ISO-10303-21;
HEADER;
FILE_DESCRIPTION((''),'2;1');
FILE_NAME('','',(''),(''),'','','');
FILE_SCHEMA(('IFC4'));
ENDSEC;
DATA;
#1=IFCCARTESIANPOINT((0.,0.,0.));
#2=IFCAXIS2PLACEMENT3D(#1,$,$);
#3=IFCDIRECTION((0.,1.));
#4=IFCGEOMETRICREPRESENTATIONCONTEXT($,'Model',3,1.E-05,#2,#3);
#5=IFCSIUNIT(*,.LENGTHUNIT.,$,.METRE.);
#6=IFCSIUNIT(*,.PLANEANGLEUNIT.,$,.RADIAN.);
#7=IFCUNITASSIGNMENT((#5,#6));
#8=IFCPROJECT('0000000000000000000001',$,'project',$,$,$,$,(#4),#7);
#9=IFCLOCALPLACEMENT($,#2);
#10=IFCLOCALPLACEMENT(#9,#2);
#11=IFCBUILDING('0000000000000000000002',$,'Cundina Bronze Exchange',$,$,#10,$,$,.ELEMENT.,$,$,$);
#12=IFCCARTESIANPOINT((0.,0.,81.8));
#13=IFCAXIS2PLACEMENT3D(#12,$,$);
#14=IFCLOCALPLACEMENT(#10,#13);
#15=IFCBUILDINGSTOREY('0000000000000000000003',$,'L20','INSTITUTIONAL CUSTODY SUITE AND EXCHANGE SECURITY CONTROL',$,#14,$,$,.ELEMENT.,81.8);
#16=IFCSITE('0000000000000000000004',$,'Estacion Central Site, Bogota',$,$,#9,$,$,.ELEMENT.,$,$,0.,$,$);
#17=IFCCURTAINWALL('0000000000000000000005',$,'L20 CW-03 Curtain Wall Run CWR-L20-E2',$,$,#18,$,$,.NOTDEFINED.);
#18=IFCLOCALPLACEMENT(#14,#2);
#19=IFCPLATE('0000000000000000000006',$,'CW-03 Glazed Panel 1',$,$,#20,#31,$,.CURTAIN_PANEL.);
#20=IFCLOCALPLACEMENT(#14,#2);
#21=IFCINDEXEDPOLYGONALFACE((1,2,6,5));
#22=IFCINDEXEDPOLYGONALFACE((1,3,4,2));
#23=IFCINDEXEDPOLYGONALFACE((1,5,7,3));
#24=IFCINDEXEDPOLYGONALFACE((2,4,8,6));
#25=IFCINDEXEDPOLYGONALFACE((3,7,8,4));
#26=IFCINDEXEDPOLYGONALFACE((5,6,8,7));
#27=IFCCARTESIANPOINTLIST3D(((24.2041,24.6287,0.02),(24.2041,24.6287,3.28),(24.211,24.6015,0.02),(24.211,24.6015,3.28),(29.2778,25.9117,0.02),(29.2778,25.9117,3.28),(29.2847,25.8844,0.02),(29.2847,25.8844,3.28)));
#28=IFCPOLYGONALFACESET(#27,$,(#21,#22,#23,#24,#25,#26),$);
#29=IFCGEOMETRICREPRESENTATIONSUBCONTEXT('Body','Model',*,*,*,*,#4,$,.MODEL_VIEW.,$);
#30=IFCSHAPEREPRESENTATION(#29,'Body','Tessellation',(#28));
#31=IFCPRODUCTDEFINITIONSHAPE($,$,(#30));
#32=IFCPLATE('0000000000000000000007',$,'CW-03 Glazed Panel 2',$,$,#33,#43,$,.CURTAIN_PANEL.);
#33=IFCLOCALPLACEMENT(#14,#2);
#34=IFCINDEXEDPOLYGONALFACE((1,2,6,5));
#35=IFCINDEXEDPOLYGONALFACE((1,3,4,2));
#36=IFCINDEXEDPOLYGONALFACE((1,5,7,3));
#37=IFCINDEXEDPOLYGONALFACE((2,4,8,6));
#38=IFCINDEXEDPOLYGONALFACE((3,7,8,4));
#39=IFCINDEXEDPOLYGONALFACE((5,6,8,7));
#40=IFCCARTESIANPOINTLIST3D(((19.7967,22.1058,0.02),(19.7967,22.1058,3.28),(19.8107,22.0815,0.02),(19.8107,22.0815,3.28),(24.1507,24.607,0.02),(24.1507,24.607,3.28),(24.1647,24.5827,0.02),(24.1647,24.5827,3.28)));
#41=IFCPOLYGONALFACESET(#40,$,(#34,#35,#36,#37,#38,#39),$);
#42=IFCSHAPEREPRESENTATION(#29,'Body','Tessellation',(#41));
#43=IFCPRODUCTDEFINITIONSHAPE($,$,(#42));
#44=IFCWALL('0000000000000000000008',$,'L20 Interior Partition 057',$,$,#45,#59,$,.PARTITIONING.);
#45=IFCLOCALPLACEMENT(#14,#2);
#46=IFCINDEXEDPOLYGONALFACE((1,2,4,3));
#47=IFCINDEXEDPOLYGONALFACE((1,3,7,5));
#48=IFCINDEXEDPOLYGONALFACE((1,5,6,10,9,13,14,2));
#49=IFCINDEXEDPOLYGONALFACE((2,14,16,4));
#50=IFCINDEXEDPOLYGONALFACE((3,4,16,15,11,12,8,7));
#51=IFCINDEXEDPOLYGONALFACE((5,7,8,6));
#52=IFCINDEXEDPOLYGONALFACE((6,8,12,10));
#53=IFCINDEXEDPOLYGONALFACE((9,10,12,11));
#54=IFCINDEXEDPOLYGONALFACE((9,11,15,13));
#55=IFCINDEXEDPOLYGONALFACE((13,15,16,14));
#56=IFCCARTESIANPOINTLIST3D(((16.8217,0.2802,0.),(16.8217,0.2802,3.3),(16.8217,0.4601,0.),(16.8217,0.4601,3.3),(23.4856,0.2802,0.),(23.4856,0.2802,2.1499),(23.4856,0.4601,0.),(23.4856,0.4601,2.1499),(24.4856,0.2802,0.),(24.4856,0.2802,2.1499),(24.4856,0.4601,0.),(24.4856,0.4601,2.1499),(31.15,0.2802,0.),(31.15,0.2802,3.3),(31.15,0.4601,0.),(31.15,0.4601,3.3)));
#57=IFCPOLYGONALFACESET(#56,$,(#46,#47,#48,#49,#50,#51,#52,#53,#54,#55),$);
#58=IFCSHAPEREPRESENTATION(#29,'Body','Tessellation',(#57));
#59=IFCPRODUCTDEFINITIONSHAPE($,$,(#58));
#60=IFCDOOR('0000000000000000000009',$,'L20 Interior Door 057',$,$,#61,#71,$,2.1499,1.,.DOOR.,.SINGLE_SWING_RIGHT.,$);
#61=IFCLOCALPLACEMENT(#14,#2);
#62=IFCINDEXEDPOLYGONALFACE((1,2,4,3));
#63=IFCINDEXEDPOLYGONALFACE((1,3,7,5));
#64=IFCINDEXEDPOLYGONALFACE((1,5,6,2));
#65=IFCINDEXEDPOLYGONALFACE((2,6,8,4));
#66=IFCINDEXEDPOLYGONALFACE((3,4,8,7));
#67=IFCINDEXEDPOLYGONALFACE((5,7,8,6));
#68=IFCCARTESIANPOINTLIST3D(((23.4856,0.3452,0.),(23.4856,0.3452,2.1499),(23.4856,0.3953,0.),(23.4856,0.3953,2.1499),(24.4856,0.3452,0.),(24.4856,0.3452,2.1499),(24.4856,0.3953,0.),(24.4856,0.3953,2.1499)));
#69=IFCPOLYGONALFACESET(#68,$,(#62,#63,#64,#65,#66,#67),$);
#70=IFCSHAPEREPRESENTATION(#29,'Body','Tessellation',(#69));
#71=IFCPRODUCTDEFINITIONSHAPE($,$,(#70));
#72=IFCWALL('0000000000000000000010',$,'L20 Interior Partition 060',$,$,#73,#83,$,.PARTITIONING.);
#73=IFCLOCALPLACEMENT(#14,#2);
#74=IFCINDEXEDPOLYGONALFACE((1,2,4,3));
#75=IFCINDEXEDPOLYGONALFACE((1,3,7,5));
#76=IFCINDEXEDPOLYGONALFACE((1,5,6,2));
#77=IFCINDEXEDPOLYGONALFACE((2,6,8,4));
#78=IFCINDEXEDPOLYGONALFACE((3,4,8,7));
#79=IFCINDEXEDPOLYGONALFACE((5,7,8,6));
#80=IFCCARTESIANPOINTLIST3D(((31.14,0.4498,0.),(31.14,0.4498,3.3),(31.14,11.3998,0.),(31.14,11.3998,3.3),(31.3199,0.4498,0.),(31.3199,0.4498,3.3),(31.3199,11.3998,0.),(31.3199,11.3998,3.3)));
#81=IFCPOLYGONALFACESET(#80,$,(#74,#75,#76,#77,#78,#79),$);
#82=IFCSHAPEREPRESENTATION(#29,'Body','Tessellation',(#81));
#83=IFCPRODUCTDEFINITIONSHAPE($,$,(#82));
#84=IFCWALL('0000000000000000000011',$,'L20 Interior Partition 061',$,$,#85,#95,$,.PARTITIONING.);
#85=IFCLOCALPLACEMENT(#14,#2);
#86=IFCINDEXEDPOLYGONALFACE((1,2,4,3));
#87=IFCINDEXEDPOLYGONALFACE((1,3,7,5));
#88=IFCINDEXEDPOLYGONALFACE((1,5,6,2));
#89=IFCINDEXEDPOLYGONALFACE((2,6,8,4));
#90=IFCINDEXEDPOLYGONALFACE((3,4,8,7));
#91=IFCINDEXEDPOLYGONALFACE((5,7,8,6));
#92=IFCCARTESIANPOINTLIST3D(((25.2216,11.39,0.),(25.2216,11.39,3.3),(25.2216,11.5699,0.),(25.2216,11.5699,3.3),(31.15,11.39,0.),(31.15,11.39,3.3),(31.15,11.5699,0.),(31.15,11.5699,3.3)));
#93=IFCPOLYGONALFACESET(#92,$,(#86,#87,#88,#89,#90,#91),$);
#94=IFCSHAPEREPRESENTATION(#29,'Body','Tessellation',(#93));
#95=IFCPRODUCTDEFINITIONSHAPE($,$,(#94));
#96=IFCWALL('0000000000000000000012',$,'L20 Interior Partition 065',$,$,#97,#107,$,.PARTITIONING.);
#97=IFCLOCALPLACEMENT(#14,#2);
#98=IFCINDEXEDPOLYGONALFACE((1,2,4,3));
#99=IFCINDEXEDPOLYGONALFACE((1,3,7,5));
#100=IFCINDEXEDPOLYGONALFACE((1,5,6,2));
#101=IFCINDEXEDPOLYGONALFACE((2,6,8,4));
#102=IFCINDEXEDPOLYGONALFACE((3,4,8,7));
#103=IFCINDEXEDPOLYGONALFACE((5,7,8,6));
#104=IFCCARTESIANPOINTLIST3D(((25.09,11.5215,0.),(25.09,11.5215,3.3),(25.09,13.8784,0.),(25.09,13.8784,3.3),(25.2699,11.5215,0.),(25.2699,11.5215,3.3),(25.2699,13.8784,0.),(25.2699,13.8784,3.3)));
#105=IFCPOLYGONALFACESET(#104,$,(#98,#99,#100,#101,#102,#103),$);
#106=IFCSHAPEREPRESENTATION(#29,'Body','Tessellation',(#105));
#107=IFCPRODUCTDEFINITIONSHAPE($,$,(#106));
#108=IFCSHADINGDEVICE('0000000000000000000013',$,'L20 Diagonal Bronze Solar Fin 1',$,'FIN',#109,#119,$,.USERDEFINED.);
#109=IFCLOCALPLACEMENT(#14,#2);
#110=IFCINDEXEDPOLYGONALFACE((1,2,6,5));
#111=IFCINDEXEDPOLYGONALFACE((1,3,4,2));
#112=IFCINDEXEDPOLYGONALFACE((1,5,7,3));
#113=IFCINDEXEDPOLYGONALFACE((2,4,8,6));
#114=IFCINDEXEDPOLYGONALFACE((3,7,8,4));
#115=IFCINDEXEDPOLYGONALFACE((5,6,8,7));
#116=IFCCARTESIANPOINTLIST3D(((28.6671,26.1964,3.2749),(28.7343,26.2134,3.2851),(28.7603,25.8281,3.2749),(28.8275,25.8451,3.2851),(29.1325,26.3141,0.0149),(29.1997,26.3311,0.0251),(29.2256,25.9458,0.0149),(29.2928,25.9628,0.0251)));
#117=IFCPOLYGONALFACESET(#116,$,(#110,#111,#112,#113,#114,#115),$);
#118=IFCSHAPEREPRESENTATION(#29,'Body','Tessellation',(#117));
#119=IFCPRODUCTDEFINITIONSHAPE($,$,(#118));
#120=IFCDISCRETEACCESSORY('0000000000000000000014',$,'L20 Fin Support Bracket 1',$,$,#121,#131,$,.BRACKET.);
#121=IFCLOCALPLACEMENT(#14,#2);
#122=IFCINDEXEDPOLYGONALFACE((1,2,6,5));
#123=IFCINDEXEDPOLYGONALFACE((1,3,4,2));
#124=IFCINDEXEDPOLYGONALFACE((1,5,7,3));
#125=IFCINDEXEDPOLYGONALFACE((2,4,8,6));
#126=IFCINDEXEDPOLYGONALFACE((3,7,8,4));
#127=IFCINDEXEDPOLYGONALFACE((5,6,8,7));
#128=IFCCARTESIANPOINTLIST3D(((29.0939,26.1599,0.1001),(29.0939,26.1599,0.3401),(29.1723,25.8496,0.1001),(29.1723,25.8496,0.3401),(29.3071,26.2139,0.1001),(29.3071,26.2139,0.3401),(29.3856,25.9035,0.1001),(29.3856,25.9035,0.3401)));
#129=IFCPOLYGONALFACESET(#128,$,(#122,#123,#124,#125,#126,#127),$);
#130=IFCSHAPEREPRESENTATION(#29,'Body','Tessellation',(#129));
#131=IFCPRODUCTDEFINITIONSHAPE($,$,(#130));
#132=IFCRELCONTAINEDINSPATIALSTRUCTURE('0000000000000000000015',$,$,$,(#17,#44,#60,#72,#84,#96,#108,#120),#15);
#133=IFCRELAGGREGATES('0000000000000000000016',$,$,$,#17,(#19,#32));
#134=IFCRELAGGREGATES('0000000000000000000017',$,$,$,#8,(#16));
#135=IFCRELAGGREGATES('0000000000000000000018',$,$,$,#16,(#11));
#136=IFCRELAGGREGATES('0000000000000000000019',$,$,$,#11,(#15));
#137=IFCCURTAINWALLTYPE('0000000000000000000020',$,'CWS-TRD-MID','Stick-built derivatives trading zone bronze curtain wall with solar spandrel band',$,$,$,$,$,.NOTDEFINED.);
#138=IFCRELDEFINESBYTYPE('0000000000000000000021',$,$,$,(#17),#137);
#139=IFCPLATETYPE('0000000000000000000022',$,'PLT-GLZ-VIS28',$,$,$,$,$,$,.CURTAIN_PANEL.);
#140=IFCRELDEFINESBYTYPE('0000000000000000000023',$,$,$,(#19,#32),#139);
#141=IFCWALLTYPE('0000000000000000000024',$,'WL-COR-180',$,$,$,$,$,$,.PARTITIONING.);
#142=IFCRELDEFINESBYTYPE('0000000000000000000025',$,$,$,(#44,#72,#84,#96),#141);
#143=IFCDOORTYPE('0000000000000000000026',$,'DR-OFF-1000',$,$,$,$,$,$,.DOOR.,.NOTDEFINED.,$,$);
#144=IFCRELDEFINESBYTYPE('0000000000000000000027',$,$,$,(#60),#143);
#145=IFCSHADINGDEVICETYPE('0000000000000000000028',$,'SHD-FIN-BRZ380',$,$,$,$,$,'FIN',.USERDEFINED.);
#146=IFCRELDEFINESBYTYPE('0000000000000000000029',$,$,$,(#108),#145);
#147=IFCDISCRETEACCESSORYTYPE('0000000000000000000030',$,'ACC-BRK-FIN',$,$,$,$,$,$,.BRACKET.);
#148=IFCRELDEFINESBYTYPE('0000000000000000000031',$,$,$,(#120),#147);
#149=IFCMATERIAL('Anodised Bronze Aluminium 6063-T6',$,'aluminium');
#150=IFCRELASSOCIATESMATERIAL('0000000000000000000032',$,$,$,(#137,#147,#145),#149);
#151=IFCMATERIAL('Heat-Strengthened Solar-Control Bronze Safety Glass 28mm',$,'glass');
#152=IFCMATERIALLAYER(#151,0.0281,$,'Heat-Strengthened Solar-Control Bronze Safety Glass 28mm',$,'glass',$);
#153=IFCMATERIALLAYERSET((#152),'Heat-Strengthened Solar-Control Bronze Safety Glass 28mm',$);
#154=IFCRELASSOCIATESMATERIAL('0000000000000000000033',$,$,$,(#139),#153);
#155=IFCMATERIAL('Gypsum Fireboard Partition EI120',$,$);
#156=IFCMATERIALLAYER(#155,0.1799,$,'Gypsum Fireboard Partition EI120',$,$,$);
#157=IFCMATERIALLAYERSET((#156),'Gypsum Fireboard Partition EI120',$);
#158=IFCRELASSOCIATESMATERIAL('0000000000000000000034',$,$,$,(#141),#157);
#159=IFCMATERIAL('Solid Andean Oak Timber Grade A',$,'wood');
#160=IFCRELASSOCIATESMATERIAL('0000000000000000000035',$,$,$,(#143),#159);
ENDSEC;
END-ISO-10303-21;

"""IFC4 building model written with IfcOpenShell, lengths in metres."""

from ifc_helpers import new_model, si_unit, direction, frame, frame_2d, origin, origin_2d, place, context, subcontext, project, spatial, rectangle, extrude, material, layer, layer_set, material_profile, profile_set, type_object, element, fill, aggregate, save


model = new_model("IFC4")

# Units and contexts
model_context = context("Model", 3, precision=1e-05, world=origin(), true_north=direction((0.0, 1.0)))
body_context = subcontext(model_context, "Body", "Model", "MODEL_VIEW")
ifc_project = project(units=[si_unit("LENGTHUNIT", "METRE"), si_unit("PLANEANGLEUNIT", "RADIAN")], contexts=[model_context])

# Site, building, storey
site_placement = place(None, origin())
site = spatial("IfcSite", under=ifc_project, at=site_placement, Name="Estacion Central Site, Bogota", CompositionType="ELEMENT", RefElevation=0.0)
building_placement = place(site_placement, origin())
building = spatial("IfcBuilding", under=site, at=building_placement, Name="Cundina Bronze Exchange", CompositionType="ELEMENT")
storey_placement = place(building_placement, frame((0.0, 0.0, 81.8)))
storey = spatial("IfcBuildingStorey", under=building, at=storey_placement, Name="L20", Description="INSTITUTIONAL CUSTODY SUITE AND EXCHANGE SECURITY CONTROL", CompositionType="ELEMENT", Elevation=81.8)

# Shared definitions
ifc_material_1 = material(Name="Anodised Bronze Aluminium 6063-T6", Category="aluminium")
curtain_wall_type = type_object("IfcCurtainWallType", Name="CWS-TRD-MID", Description="Stick-built derivatives trading zone bronze curtain wall with solar spandrel band", PredefinedType="NOTDEFINED", material=ifc_material_1)

# Curtain wall, plates
curtain_wall_1_placement = place(storey_placement, origin())
curtain_wall_1 = element("IfcCurtainWall", 1, at=curtain_wall_1_placement, inside=storey, type_object=curtain_wall_type, Name="L20 CW-03 Curtain Wall Run CWR-L20-E2", PredefinedType="NOTDEFINED")
ifc_material_2 = material(Name="Heat-Strengthened Solar-Control Bronze Safety Glass 28mm", Category="glass")
ifc_layer_1 = layer(ifc_material_2, 0.0281, Name="Heat-Strengthened Solar-Control Bronze Safety Glass 28mm", Category="glass")
ifc_layer_set_1 = layer_set([ifc_layer_1], Name="Heat-Strengthened Solar-Control Bronze Safety Glass 28mm")
plate_type = type_object("IfcPlateType", Name="PLT-GLZ-VIS28", PredefinedType="CURTAIN_PANEL", material=ifc_layer_set_1)
plate_1_placement = place(storey_placement, frame((26.7444, 25.2566, 0.02), z_axis=(0.0, 0.0, 1.0), x_axis=(-0.969488, -0.245138, 0.0)))
plate_1 = element("IfcPlate", 2, at=plate_1_placement, type_object=plate_type, Name="CW-03 Glazed Panel 1", PredefinedType="CURTAIN_PANEL", context=body_context, shape_type="SweptSolid", body=[
    extrude(rectangle(XDim=5.2334, YDim=0.0281, at=origin_2d()), origin(), (0.0, 0.0, 1.0), 3.26),
])
plate_2_placement = place(storey_placement, frame((21.9807, 23.3442, 0.02), z_axis=(0.0, 0.0, 1.0), x_axis=(-0.867105, -0.498125, 0.0)))
plate_2 = element("IfcPlate", 3, at=plate_2_placement, type_object=plate_type, Name="CW-03 Glazed Panel 2", PredefinedType="CURTAIN_PANEL", context=body_context, shape_type="SweptSolid", body=[
    extrude(rectangle(XDim=5.0212, YDim=0.0281, at=origin_2d()), origin(), (0.0, 0.0, 1.0), 3.26),
])
aggregate(curtain_wall_1, [plate_1, plate_2])

# Wall, opening, door
ifc_material_3 = material(Name="Gypsum Fireboard Partition EI120")
ifc_layer_2 = layer(ifc_material_3, 0.1799, Name="Gypsum Fireboard Partition EI120")
ifc_layer_set_2 = layer_set([ifc_layer_2], Name="Gypsum Fireboard Partition EI120")
wall_type = type_object("IfcWallType", Name="WL-COR-180", PredefinedType="PARTITIONING", material=ifc_layer_set_2)
wall_1_placement = place(storey_placement, frame((31.1499, 0.3701, 0.0), z_axis=(0.0, 0.0, 1.0), x_axis=(-1.0, 0.0, 0.0)))
wall_1 = element("IfcWall", 4, at=wall_1_placement, inside=storey, type_object=wall_type, Name="L20 Interior Partition 057", PredefinedType="PARTITIONING", context=body_context, shape_type="SweptSolid", body=[
    extrude(rectangle(XDim=14.3284, YDim=0.1799, at=frame_2d((7.1641, 0.0))), origin(), (0.0, 0.0, 1.0), 3.3),
])
opening_placement = place(wall_1_placement, frame((6.6643, 0.0, 0.0)))
opening = element("IfcOpeningElement", 5, at=opening_placement, cuts=wall_1, PredefinedType="OPENING", context=body_context, shape_type="SweptSolid", body=[
    extrude(rectangle(XDim=1.0, YDim=2.1499, at=frame_2d((0.5, 1.075))), frame((0.0, 0.0999, 0.0), z_axis=(0.0, -1.0, 0.0), x_axis=(1.0, 0.0, 0.0)), (0.0, 0.0, 1.0), 0.2),
])
ifc_material_4 = material(Name="Solid Andean Oak Timber Grade A", Category="wood")
door_type = type_object("IfcDoorType", Name="DR-OFF-1000", OperationType="NOTDEFINED", PredefinedType="DOOR", material=ifc_material_4)
door_placement = place(opening_placement, origin())
door = element("IfcDoor", 6, at=door_placement, inside=storey, type_object=door_type, Name="L20 Interior Door 057", OperationType="SINGLE_SWING_RIGHT", OverallHeight=2.1499, OverallWidth=1.0, PredefinedType="DOOR", context=body_context, shape_type="SweptSolid", body=[
    extrude(rectangle(XDim=1.0, YDim=2.1499, at=frame_2d((0.5, 1.075))), frame((0.0, 0.0249, 0.0), z_axis=(0.0, -1.0, 0.0), x_axis=(1.0, 0.0, 0.0)), (0.0, 0.0, 1.0), 0.05),
])
fill(opening, door)

# Walls
wall_2_placement = place(storey_placement, frame((31.23, 11.3999, 0.0), z_axis=(0.0, 0.0, 1.0), x_axis=(0.0, -1.0, 0.0)))
element("IfcWall", 7, at=wall_2_placement, inside=storey, type_object=wall_type, Name="L20 Interior Partition 060", PredefinedType="PARTITIONING", context=body_context, shape_type="SweptSolid", body=[
    extrude(rectangle(XDim=10.95, YDim=0.1799, at=frame_2d((5.4751, 0.0))), origin(), (0.0, 0.0, 1.0), 3.3),
])
wall_3_placement = place(storey_placement, frame((25.2214, 11.48, 0.0), z_axis=(0.0, 0.0, 1.0), x_axis=(1.0, 0.0, 0.0)))
element("IfcWall", 8, at=wall_3_placement, inside=storey, type_object=wall_type, Name="L20 Interior Partition 061", PredefinedType="PARTITIONING", context=body_context, shape_type="SweptSolid", body=[
    extrude(rectangle(XDim=5.9285, YDim=0.1799, at=frame_2d((2.9644, 0.0))), origin(), (0.0, 0.0, 1.0), 3.3),
])
wall_4_placement = place(storey_placement, frame((25.1799, 13.8784, 0.0), z_axis=(0.0, 0.0, 1.0), x_axis=(0.0, -1.0, 0.0)))
element("IfcWall", 9, at=wall_4_placement, inside=storey, type_object=wall_type, Name="L20 Interior Partition 065", PredefinedType="PARTITIONING", context=body_context, shape_type="SweptSolid", body=[
    extrude(rectangle(XDim=2.3569, YDim=0.1799, at=frame_2d((1.1785, 0.0))), origin(), (0.0, 0.0, 1.0), 3.3),
])

# Shading device
ifc_material_profile_1 = material_profile(ifc_material_1, rectangle(XDim=0.0701, YDim=0.3799, at=origin_2d()), Name="FIN70X380", Category="aluminium")
ifc_profile_set_1 = profile_set([ifc_material_profile_1], Name="Anodised Bronze Aluminium 6063-T6")
shading_device_type = type_object("IfcShadingDeviceType", Name="SHD-FIN-BRZ380", ElementType="FIN", PredefinedType="USERDEFINED", material=ifc_profile_set_1)
shading_device_placement = place(storey_placement, frame((29.2126, 26.1384, 0.02), z_axis=(-0.141217, -0.035712, 0.989334), x_axis=(0.959141, 0.242553, 0.145663)))
element("IfcShadingDevice", 10, at=shading_device_placement, inside=storey, type_object=shading_device_type, Name="L20 Diagonal Bronze Solar Fin 1", ObjectType="FIN", PredefinedType="USERDEFINED", context=body_context, shape_type="SweptSolid", body=[
    extrude(rectangle(XDim=0.0701, YDim=0.3799, at=origin_2d()), origin(), (0.0, 0.0, 1.0), 3.2952),
])

# Discrete accessory
discrete_accessory_type = type_object("IfcDiscreteAccessoryType", Name="ACC-BRK-FIN", PredefinedType="BRACKET", material=ifc_material_1)
discrete_accessory_placement = place(storey_placement, frame((29.2397, 26.0317, 0.1001), z_axis=(0.0, 0.0, 1.0), x_axis=(-0.969488, -0.245138, 0.0)))
element("IfcDiscreteAccessory", 11, at=discrete_accessory_placement, inside=storey, type_object=discrete_accessory_type, Name="L20 Fin Support Bracket 1", PredefinedType="BRACKET", context=body_context, shape_type="SweptSolid", body=[
    extrude(rectangle(XDim=0.22, YDim=0.3201, at=origin_2d()), origin(), (0.0, 0.0, 1.0), 0.24),
])

save(model, "model.ifc")
